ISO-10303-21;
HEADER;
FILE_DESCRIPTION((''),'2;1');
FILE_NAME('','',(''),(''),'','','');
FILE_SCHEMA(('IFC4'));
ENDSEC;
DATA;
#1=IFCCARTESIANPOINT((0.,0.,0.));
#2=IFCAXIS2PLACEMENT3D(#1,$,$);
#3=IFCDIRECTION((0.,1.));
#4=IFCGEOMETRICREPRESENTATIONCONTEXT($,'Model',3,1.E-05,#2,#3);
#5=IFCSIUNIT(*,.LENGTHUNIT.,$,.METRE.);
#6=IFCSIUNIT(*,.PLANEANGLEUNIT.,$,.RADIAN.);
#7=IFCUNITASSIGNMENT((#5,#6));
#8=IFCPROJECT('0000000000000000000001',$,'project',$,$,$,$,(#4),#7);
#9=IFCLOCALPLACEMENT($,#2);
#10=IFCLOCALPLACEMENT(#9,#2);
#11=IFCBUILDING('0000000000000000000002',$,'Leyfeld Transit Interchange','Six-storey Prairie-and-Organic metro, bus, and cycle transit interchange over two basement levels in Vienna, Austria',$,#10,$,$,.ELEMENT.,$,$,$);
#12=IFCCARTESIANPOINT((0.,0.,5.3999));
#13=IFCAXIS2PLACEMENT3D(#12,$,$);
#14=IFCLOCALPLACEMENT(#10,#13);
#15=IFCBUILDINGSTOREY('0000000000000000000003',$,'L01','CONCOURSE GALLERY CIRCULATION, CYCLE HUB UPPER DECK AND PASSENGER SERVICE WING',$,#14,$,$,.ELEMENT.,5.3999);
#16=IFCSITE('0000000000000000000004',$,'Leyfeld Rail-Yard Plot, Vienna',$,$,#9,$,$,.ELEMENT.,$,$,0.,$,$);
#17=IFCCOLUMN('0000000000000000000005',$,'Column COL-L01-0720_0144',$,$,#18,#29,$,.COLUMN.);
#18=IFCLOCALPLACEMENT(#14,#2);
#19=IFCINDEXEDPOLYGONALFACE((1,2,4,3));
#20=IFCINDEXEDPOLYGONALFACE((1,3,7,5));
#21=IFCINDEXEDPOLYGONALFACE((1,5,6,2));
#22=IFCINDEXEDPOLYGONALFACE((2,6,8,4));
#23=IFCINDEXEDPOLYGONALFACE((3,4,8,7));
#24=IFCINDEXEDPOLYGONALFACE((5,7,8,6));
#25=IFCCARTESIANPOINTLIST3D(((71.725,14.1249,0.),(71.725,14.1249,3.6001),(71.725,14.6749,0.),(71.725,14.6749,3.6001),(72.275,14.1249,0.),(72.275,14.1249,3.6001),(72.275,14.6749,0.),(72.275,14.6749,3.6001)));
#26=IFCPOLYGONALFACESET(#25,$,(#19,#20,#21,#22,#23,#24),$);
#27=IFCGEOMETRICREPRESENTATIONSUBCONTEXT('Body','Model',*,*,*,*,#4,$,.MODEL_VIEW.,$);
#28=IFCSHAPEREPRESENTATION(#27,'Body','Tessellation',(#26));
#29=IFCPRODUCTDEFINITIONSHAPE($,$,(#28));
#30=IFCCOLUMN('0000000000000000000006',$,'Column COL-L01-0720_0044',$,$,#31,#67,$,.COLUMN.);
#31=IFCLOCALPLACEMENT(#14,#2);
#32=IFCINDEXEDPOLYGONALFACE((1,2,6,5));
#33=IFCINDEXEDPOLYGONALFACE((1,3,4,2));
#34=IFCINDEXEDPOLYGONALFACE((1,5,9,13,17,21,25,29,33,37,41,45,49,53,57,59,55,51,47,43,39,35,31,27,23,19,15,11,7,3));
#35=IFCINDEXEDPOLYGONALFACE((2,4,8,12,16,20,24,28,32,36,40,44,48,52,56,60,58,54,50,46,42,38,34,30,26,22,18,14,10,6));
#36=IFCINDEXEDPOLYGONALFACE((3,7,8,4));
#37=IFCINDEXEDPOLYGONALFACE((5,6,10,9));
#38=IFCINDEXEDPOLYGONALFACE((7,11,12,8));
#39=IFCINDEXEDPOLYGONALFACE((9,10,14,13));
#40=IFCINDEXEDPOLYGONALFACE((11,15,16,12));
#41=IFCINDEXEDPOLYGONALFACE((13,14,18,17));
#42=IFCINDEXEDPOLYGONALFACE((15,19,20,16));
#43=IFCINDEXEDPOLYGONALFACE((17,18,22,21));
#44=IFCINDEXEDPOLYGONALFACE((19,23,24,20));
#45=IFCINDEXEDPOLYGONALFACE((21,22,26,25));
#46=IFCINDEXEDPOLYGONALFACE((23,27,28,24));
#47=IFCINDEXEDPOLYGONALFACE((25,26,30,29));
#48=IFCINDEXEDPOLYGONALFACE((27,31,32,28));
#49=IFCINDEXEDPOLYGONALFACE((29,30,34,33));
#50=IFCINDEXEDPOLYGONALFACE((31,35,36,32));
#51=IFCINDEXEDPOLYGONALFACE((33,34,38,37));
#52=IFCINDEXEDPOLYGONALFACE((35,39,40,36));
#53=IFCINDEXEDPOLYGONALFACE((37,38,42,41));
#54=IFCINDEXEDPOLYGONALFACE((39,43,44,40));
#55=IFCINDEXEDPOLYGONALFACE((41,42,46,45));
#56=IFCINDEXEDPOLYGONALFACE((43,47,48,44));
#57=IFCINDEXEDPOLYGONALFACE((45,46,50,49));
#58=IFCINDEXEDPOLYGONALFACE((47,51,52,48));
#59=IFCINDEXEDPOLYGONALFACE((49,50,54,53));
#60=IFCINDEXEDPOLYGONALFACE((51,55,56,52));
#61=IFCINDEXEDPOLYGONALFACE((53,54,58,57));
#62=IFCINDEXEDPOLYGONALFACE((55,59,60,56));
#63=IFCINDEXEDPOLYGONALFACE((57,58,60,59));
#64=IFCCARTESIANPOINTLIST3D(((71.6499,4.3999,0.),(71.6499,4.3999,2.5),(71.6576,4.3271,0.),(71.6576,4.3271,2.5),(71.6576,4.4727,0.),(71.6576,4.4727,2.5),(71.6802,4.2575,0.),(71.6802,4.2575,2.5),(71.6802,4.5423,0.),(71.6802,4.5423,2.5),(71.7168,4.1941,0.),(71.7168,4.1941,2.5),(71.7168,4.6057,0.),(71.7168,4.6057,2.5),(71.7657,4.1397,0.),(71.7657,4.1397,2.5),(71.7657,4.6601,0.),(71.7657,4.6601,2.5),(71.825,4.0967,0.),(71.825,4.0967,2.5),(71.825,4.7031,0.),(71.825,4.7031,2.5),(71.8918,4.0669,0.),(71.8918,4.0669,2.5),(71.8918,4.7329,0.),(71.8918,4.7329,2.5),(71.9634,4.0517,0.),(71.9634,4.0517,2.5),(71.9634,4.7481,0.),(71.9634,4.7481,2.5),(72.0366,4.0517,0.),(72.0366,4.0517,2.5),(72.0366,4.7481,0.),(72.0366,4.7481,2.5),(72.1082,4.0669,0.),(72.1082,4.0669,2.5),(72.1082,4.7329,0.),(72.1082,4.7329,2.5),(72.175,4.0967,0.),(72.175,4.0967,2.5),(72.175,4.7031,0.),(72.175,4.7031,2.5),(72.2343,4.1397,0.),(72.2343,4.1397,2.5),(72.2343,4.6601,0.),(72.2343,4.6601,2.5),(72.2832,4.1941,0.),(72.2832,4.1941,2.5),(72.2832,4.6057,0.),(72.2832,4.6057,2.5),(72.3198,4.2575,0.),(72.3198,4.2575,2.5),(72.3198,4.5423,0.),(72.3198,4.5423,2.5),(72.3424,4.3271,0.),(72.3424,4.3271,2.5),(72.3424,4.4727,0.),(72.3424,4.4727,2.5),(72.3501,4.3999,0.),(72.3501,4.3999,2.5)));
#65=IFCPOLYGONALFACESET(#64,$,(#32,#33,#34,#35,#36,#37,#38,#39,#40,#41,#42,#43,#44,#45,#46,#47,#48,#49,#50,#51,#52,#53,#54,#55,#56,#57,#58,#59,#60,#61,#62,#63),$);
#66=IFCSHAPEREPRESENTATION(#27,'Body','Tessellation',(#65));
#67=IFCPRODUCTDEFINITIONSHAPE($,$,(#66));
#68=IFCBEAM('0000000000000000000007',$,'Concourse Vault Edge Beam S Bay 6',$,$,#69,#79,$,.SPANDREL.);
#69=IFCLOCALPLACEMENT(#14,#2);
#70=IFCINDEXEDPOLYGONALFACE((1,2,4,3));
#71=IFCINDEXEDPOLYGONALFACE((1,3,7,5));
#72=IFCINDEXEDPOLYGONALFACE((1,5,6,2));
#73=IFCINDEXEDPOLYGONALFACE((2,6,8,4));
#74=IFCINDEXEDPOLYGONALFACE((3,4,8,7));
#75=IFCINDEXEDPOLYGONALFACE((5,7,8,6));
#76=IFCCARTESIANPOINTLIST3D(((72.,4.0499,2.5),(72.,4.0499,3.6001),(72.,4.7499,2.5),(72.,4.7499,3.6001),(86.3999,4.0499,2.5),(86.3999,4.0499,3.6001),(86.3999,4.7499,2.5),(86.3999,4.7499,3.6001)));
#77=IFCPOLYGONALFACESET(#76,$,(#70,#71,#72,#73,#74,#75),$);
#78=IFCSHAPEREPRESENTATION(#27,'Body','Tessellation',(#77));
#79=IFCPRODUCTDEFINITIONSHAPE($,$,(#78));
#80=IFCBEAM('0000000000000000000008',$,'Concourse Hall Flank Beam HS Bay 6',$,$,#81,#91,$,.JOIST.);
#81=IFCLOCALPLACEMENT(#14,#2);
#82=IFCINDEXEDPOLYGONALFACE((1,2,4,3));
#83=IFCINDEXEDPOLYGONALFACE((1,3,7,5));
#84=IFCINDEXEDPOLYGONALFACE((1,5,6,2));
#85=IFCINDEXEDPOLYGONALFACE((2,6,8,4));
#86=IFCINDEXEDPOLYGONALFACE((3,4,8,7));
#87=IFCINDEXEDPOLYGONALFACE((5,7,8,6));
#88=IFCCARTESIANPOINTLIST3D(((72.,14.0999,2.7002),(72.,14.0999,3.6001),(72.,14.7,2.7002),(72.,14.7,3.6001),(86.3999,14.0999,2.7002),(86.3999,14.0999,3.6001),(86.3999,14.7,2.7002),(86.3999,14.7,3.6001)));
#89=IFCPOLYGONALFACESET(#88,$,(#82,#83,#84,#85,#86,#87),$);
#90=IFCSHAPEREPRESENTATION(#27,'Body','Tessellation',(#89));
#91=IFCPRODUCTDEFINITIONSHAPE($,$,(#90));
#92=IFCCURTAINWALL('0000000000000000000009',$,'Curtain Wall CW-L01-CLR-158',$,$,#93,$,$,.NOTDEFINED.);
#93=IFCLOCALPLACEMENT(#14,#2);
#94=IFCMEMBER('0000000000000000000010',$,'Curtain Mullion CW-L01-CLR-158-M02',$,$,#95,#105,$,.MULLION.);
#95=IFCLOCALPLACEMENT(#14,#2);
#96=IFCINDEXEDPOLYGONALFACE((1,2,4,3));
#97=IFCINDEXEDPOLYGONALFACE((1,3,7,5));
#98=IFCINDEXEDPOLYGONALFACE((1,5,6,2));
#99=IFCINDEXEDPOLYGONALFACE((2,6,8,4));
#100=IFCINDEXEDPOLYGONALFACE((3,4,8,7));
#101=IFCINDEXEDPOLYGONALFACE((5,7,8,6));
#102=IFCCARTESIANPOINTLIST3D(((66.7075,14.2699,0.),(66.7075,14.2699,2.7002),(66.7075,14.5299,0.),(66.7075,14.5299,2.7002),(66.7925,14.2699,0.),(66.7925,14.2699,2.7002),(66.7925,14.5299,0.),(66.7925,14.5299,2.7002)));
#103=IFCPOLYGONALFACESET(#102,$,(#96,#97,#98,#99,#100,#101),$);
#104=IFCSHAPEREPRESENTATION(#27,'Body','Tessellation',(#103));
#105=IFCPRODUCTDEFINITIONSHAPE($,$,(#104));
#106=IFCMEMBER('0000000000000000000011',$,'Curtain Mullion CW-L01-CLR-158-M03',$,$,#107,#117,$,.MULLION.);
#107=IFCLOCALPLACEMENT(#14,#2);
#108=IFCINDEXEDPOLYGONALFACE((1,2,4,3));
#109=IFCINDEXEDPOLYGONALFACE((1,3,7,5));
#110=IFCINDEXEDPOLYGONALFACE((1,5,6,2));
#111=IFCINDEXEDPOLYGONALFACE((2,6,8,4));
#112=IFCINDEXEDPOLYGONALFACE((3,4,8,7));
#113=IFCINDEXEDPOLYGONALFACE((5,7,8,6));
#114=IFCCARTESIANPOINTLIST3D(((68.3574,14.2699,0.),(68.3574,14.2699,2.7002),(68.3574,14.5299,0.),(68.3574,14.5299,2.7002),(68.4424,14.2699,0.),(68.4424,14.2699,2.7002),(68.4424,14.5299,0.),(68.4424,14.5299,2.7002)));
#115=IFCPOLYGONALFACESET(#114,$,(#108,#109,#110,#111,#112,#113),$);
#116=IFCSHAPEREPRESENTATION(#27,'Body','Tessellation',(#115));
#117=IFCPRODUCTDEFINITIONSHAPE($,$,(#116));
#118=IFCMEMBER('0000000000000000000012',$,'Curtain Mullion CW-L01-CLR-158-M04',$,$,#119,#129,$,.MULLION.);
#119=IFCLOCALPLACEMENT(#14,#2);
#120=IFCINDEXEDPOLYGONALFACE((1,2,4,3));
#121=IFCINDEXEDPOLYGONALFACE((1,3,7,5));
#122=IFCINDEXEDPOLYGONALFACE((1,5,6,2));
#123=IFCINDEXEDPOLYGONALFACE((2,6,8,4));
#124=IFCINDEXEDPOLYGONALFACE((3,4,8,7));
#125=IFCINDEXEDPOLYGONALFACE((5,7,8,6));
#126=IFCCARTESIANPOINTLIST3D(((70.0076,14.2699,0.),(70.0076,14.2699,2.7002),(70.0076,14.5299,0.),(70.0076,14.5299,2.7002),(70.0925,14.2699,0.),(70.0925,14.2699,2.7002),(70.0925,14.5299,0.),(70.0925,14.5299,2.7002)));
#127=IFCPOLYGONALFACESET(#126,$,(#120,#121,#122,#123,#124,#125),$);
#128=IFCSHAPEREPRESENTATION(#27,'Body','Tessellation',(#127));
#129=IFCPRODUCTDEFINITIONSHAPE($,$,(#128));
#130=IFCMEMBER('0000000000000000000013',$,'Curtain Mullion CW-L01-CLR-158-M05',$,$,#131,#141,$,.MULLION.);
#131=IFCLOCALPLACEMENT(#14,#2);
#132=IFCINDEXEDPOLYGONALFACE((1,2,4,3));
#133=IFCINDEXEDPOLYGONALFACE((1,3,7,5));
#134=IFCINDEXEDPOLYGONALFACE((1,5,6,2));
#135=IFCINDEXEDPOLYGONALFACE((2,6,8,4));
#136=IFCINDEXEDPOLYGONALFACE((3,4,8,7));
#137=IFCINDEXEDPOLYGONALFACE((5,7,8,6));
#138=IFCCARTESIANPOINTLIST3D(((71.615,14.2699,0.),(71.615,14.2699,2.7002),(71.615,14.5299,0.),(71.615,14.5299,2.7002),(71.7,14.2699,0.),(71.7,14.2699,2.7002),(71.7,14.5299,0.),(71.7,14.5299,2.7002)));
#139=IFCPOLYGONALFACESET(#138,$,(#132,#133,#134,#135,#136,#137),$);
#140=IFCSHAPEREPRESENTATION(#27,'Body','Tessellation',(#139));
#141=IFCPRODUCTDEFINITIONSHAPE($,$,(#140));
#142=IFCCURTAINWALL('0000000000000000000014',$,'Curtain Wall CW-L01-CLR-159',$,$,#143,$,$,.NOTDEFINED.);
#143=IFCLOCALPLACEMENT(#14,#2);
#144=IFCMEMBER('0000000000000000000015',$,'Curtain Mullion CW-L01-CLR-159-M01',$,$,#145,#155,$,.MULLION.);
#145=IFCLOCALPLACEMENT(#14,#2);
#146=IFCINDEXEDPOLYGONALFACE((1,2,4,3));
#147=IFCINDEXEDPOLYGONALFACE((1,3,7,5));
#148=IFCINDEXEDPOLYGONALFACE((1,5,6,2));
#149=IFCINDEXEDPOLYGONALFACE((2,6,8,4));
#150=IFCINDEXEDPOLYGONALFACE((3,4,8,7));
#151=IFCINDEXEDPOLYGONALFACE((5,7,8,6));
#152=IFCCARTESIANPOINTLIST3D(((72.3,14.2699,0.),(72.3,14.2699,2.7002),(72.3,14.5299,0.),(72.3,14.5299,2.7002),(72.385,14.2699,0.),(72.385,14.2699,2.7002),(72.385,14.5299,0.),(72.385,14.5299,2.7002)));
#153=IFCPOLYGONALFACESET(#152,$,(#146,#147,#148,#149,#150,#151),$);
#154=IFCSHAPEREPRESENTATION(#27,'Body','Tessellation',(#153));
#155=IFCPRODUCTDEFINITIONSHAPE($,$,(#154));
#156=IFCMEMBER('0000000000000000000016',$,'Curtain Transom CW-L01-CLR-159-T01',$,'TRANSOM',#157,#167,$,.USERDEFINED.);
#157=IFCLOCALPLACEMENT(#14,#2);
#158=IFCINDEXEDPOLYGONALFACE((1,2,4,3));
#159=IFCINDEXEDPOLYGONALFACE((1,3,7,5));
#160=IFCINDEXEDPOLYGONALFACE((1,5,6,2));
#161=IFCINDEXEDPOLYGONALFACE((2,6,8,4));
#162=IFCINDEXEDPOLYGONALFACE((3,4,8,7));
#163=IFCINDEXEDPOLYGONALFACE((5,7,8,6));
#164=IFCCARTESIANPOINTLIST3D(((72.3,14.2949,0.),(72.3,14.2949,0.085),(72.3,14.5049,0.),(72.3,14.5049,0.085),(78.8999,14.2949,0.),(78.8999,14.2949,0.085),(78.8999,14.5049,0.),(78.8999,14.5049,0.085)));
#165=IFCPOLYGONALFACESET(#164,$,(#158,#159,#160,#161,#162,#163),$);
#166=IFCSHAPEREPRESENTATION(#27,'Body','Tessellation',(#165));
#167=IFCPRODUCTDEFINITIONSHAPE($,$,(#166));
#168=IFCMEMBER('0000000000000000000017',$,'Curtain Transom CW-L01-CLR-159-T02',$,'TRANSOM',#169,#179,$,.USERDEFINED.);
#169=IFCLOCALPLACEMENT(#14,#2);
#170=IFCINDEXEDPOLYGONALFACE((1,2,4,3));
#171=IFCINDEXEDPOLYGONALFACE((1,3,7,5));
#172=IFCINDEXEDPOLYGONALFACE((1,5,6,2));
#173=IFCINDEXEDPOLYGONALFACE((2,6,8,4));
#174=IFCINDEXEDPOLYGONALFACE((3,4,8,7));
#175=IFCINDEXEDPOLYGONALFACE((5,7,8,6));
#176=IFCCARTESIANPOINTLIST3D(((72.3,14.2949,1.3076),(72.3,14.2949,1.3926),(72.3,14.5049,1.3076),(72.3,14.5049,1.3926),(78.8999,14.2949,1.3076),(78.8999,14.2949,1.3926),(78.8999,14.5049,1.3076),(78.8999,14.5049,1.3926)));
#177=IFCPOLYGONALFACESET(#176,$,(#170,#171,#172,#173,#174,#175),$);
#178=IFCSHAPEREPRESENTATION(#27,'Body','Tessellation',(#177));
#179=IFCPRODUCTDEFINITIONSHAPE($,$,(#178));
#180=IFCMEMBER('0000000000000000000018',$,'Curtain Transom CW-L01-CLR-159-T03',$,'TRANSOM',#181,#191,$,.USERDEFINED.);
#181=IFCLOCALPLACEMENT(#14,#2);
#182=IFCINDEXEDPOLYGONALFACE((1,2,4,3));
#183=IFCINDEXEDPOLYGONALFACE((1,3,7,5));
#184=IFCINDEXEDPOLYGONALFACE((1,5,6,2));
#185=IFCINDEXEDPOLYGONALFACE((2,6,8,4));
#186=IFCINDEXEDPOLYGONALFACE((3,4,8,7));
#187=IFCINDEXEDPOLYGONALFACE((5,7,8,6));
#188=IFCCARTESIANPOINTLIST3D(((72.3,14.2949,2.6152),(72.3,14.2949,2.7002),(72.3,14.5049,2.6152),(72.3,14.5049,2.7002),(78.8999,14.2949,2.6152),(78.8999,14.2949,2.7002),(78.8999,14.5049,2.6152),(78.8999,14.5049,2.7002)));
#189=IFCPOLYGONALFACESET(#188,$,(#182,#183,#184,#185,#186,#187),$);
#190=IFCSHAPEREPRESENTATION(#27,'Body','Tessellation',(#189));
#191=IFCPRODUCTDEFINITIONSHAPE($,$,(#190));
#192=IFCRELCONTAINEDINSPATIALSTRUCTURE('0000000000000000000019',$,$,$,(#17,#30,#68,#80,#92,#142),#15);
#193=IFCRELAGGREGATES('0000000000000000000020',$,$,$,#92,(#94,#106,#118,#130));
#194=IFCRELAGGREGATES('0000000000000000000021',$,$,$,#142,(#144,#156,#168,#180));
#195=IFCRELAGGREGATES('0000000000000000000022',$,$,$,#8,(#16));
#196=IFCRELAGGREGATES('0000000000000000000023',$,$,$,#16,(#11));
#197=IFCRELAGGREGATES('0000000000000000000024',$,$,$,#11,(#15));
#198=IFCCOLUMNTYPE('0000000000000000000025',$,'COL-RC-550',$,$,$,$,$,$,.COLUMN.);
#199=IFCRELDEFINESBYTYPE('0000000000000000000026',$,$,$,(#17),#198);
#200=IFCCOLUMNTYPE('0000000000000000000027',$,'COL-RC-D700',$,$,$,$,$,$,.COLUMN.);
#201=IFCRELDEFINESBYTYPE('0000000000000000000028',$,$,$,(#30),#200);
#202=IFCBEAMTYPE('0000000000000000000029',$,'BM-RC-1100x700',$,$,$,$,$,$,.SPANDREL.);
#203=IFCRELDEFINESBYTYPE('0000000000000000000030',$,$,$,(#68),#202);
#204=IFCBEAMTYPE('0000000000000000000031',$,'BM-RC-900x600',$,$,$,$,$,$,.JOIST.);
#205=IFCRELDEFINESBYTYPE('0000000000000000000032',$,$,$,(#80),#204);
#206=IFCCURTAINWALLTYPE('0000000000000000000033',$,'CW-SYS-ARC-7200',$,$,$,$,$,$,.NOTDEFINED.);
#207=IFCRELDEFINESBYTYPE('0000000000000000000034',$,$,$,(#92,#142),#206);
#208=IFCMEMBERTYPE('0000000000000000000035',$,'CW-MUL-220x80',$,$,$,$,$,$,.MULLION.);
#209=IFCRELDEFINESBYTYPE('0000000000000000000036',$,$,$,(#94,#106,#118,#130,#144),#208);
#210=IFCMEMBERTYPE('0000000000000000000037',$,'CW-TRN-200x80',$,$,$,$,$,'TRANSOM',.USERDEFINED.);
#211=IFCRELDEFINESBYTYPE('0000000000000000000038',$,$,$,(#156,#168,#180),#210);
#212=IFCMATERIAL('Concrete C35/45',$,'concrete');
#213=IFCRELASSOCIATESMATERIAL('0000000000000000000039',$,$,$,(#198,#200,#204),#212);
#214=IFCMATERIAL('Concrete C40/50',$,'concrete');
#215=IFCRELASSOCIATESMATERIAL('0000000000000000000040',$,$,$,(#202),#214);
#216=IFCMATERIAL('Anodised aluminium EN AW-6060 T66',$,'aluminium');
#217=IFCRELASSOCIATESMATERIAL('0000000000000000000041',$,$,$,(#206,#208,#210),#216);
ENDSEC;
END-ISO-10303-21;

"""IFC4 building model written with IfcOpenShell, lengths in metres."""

from ifc_helpers import new_model, si_unit, direction, frame, origin, origin_2d, place, context, subcontext, project, spatial, rectangle, circle, extrude, material, material_profile, profile_set, type_object, element, aggregate, save


model = new_model("IFC4")

# Units and contexts
model_context = context("Model", 3, precision=1e-05, world=origin(), true_north=direction((0.0, 1.0)))
body_context = subcontext(model_context, "Body", "Model", "MODEL_VIEW")
ifc_project = project(units=[si_unit("LENGTHUNIT", "METRE"), si_unit("PLANEANGLEUNIT", "RADIAN")], contexts=[model_context])

# Site, building, storey
site_placement = place(None, origin())
site = spatial("IfcSite", under=ifc_project, at=site_placement, Name="Leyfeld Rail-Yard Plot, Vienna", CompositionType="ELEMENT", RefElevation=0.0)
building_placement = place(site_placement, origin())
building = spatial("IfcBuilding", under=site, at=building_placement, Name="Leyfeld Transit Interchange", Description="Six-storey Prairie-and-Organic metro, bus, and cycle transit interchange over two basement levels in Vienna, Austria", CompositionType="ELEMENT")
storey_placement = place(building_placement, frame((0.0, 0.0, 5.3999)))
storey = spatial("IfcBuildingStorey", under=building, at=storey_placement, Name="L01", Description="CONCOURSE GALLERY CIRCULATION, CYCLE HUB UPPER DECK AND PASSENGER SERVICE WING", CompositionType="ELEMENT", Elevation=5.3999)

# Columns
ifc_material_1 = material(Name="Concrete C35/45", Category="concrete")
ifc_material_profile_1 = material_profile(ifc_material_1, rectangle(XDim=0.55, YDim=0.55, at=origin_2d()), Name="RC 550x550")
ifc_profile_set_1 = profile_set([ifc_material_profile_1], Name="Concrete C35/45")
column_type_1 = type_object("IfcColumnType", Name="COL-RC-550", PredefinedType="COLUMN", material=ifc_profile_set_1)
column_1_placement = place(storey_placement, frame((72.0, 14.3999, 0.0), z_axis=(0.0, 0.0, 1.0), x_axis=(1.0, 0.0, 0.0)))
element("IfcColumn", 1, at=column_1_placement, inside=storey, type_object=column_type_1, Name="Column COL-L01-0720_0144", PredefinedType="COLUMN", context=body_context, shape_type="SweptSolid", body=[
    extrude(rectangle(XDim=0.55, YDim=0.55, at=origin_2d()), origin(), (0.0, 0.0, 1.0), 3.6001),
])
ifc_material_profile_2 = material_profile(ifc_material_1, circle(Radius=0.3501, at=origin_2d()), Name="RC D700")
ifc_profile_set_2 = profile_set([ifc_material_profile_2], Name="Concrete C35/45")
column_type_2 = type_object("IfcColumnType", Name="COL-RC-D700", PredefinedType="COLUMN", material=ifc_profile_set_2)
column_2_placement = place(storey_placement, frame((72.0, 4.3999, 0.0), z_axis=(0.0, 0.0, 1.0), x_axis=(1.0, 0.0, 0.0)))
element("IfcColumn", 2, at=column_2_placement, inside=storey, type_object=column_type_2, Name="Column COL-L01-0720_0044", PredefinedType="COLUMN", context=body_context, shape_type="SweptSolid", body=[
    extrude(circle(Radius=0.3501, at=origin_2d()), origin(), (0.0, 0.0, 1.0), 2.5),
])

# Beams
ifc_material_2 = material(Name="Concrete C40/50", Category="concrete")
ifc_material_profile_3 = material_profile(ifc_material_2, rectangle(XDim=0.7, YDim=1.1001, at=origin_2d()), Name="RC 1100x700")
ifc_profile_set_3 = profile_set([ifc_material_profile_3], Name="Concrete C40/50")
beam_type_1 = type_object("IfcBeamType", Name="BM-RC-1100x700", PredefinedType="SPANDREL", material=ifc_profile_set_3)
beam_1_placement = place(storey_placement, frame((72.0, 4.3999, 3.05), z_axis=(1.0, 0.0, 0.0), x_axis=(0.0, 1.0, 0.0)))
element("IfcBeam", 3, at=beam_1_placement, inside=storey, type_object=beam_type_1, Name="Concourse Vault Edge Beam S Bay 6", PredefinedType="SPANDREL", context=body_context, shape_type="SweptSolid", body=[
    extrude(rectangle(XDim=0.7, YDim=1.1001, at=origin_2d()), origin(), (0.0, 0.0, 1.0), 14.3999),
])
ifc_material_profile_4 = material_profile(ifc_material_1, rectangle(XDim=0.6001, YDim=0.8999, at=origin_2d()), Name="RC 900x600")
ifc_profile_set_4 = profile_set([ifc_material_profile_4], Name="Concrete C35/45")
beam_type_2 = type_object("IfcBeamType", Name="BM-RC-900x600", PredefinedType="JOIST", material=ifc_profile_set_4)
beam_2_placement = place(storey_placement, frame((72.0, 14.3999, 3.1501), z_axis=(1.0, 0.0, 0.0), x_axis=(0.0, 1.0, 0.0)))
element("IfcBeam", 4, at=beam_2_placement, inside=storey, type_object=beam_type_2, Name="Concourse Hall Flank Beam HS Bay 6", PredefinedType="JOIST", context=body_context, shape_type="SweptSolid", body=[
    extrude(rectangle(XDim=0.6001, YDim=0.8999, at=origin_2d()), origin(), (0.0, 0.0, 1.0), 14.3999),
])

# Curtain walls, members
ifc_material_3 = material(Name="Anodised aluminium EN AW-6060 T66", Category="aluminium")
curtain_wall_type = type_object("IfcCurtainWallType", Name="CW-SYS-ARC-7200", PredefinedType="NOTDEFINED", material=ifc_material_3)
curtain_wall_1_placement = place(storey_placement, origin())
curtain_wall_1 = element("IfcCurtainWall", 5, at=curtain_wall_1_placement, inside=storey, type_object=curtain_wall_type, Name="Curtain Wall CW-L01-CLR-158", PredefinedType="NOTDEFINED")
ifc_material_profile_5 = material_profile(ifc_material_3, rectangle(XDim=0.085, YDim=0.26, at=origin_2d()), Name="CW-M 85x260")
ifc_profile_set_5 = profile_set([ifc_material_profile_5], Name="Anodised aluminium EN AW-6060 T66")
member_type_1 = type_object("IfcMemberType", Name="CW-MUL-220x80", PredefinedType="MULLION", material=ifc_profile_set_5)
member_1_placement = place(storey_placement, frame((66.75, 14.3999, 0.0), z_axis=(0.0, 0.0, 1.0), x_axis=(1.0, 0.0, 0.0)))
member_1 = element("IfcMember", 6, at=member_1_placement, type_object=member_type_1, Name="Curtain Mullion CW-L01-CLR-158-M02", PredefinedType="MULLION", context=body_context, shape_type="SweptSolid", body=[
    extrude(rectangle(XDim=0.085, YDim=0.26, at=origin_2d()), origin(), (0.0, 0.0, 1.0), 2.7002),
])
member_2_placement = place(storey_placement, frame((68.3999, 14.3999, 0.0), z_axis=(0.0, 0.0, 1.0), x_axis=(1.0, 0.0, 0.0)))
member_2 = element("IfcMember", 7, at=member_2_placement, type_object=member_type_1, Name="Curtain Mullion CW-L01-CLR-158-M03", PredefinedType="MULLION", context=body_context, shape_type="SweptSolid", body=[
    extrude(rectangle(XDim=0.085, YDim=0.26, at=origin_2d()), origin(), (0.0, 0.0, 1.0), 2.7002),
])
member_3_placement = place(storey_placement, frame((70.05, 14.3999, 0.0), z_axis=(0.0, 0.0, 1.0), x_axis=(1.0, 0.0, 0.0)))
member_3 = element("IfcMember", 8, at=member_3_placement, type_object=member_type_1, Name="Curtain Mullion CW-L01-CLR-158-M04", PredefinedType="MULLION", context=body_context, shape_type="SweptSolid", body=[
    extrude(rectangle(XDim=0.085, YDim=0.26, at=origin_2d()), origin(), (0.0, 0.0, 1.0), 2.7002),
])
member_4_placement = place(storey_placement, frame((71.6575, 14.3999, 0.0), z_axis=(0.0, 0.0, 1.0), x_axis=(1.0, 0.0, 0.0)))
member_4 = element("IfcMember", 9, at=member_4_placement, type_object=member_type_1, Name="Curtain Mullion CW-L01-CLR-158-M05", PredefinedType="MULLION", context=body_context, shape_type="SweptSolid", body=[
    extrude(rectangle(XDim=0.085, YDim=0.26, at=origin_2d()), origin(), (0.0, 0.0, 1.0), 2.7002),
])
curtain_wall_2_placement = place(storey_placement, origin())
curtain_wall_2 = element("IfcCurtainWall", 10, at=curtain_wall_2_placement, inside=storey, type_object=curtain_wall_type, Name="Curtain Wall CW-L01-CLR-159", PredefinedType="NOTDEFINED")
member_5_placement = place(storey_placement, frame((72.3425, 14.3999, 0.0), z_axis=(0.0, 0.0, 1.0), x_axis=(1.0, 0.0, 0.0)))
member_5 = element("IfcMember", 11, at=member_5_placement, type_object=member_type_1, Name="Curtain Mullion CW-L01-CLR-159-M01", PredefinedType="MULLION", context=body_context, shape_type="SweptSolid", body=[
    extrude(rectangle(XDim=0.085, YDim=0.26, at=origin_2d()), origin(), (0.0, 0.0, 1.0), 2.7002),
])
ifc_material_profile_6 = material_profile(ifc_material_3, rectangle(XDim=0.21, YDim=0.085, at=origin_2d()), Name="CW-TRN-200x80")
ifc_profile_set_6 = profile_set([ifc_material_profile_6], Name="Anodised aluminium EN AW-6060 T66")
member_type_2 = type_object("IfcMemberType", Name="CW-TRN-200x80", ElementType="TRANSOM", PredefinedType="USERDEFINED", material=ifc_profile_set_6)
member_6_placement = place(storey_placement, frame((72.3, 14.3999, 0.0425), z_axis=(1.0, 0.0, 0.0), x_axis=(0.0, 1.0, 0.0)))
member_6 = element("IfcMember", 12, at=member_6_placement, type_object=member_type_2, Name="Curtain Transom CW-L01-CLR-159-T01", ObjectType="TRANSOM", PredefinedType="USERDEFINED", context=body_context, shape_type="SweptSolid", body=[
    extrude(rectangle(XDim=0.21, YDim=0.085, at=origin_2d()), origin(), (0.0, 0.0, 1.0), 6.5999),
])
member_7_placement = place(storey_placement, frame((72.3, 14.3999, 1.3501), z_axis=(1.0, 0.0, 0.0), x_axis=(0.0, 1.0, 0.0)))
member_7 = element("IfcMember", 13, at=member_7_placement, type_object=member_type_2, Name="Curtain Transom CW-L01-CLR-159-T02", ObjectType="TRANSOM", PredefinedType="USERDEFINED", context=body_context, shape_type="SweptSolid", body=[
    extrude(rectangle(XDim=0.21, YDim=0.085, at=origin_2d()), origin(), (0.0, 0.0, 1.0), 6.5999),
])
member_8_placement = place(storey_placement, frame((72.3, 14.3999, 2.6577), z_axis=(1.0, 0.0, 0.0), x_axis=(0.0, 1.0, 0.0)))
member_8 = element("IfcMember", 14, at=member_8_placement, type_object=member_type_2, Name="Curtain Transom CW-L01-CLR-159-T03", ObjectType="TRANSOM", PredefinedType="USERDEFINED", context=body_context, shape_type="SweptSolid", body=[
    extrude(rectangle(XDim=0.21, YDim=0.085, at=origin_2d()), origin(), (0.0, 0.0, 1.0), 6.5999),
])

aggregate(curtain_wall_1, [member_1, member_2, member_3, member_4])
aggregate(curtain_wall_2, [member_5, member_6, member_7, member_8])

save(model, "model.ifc")
